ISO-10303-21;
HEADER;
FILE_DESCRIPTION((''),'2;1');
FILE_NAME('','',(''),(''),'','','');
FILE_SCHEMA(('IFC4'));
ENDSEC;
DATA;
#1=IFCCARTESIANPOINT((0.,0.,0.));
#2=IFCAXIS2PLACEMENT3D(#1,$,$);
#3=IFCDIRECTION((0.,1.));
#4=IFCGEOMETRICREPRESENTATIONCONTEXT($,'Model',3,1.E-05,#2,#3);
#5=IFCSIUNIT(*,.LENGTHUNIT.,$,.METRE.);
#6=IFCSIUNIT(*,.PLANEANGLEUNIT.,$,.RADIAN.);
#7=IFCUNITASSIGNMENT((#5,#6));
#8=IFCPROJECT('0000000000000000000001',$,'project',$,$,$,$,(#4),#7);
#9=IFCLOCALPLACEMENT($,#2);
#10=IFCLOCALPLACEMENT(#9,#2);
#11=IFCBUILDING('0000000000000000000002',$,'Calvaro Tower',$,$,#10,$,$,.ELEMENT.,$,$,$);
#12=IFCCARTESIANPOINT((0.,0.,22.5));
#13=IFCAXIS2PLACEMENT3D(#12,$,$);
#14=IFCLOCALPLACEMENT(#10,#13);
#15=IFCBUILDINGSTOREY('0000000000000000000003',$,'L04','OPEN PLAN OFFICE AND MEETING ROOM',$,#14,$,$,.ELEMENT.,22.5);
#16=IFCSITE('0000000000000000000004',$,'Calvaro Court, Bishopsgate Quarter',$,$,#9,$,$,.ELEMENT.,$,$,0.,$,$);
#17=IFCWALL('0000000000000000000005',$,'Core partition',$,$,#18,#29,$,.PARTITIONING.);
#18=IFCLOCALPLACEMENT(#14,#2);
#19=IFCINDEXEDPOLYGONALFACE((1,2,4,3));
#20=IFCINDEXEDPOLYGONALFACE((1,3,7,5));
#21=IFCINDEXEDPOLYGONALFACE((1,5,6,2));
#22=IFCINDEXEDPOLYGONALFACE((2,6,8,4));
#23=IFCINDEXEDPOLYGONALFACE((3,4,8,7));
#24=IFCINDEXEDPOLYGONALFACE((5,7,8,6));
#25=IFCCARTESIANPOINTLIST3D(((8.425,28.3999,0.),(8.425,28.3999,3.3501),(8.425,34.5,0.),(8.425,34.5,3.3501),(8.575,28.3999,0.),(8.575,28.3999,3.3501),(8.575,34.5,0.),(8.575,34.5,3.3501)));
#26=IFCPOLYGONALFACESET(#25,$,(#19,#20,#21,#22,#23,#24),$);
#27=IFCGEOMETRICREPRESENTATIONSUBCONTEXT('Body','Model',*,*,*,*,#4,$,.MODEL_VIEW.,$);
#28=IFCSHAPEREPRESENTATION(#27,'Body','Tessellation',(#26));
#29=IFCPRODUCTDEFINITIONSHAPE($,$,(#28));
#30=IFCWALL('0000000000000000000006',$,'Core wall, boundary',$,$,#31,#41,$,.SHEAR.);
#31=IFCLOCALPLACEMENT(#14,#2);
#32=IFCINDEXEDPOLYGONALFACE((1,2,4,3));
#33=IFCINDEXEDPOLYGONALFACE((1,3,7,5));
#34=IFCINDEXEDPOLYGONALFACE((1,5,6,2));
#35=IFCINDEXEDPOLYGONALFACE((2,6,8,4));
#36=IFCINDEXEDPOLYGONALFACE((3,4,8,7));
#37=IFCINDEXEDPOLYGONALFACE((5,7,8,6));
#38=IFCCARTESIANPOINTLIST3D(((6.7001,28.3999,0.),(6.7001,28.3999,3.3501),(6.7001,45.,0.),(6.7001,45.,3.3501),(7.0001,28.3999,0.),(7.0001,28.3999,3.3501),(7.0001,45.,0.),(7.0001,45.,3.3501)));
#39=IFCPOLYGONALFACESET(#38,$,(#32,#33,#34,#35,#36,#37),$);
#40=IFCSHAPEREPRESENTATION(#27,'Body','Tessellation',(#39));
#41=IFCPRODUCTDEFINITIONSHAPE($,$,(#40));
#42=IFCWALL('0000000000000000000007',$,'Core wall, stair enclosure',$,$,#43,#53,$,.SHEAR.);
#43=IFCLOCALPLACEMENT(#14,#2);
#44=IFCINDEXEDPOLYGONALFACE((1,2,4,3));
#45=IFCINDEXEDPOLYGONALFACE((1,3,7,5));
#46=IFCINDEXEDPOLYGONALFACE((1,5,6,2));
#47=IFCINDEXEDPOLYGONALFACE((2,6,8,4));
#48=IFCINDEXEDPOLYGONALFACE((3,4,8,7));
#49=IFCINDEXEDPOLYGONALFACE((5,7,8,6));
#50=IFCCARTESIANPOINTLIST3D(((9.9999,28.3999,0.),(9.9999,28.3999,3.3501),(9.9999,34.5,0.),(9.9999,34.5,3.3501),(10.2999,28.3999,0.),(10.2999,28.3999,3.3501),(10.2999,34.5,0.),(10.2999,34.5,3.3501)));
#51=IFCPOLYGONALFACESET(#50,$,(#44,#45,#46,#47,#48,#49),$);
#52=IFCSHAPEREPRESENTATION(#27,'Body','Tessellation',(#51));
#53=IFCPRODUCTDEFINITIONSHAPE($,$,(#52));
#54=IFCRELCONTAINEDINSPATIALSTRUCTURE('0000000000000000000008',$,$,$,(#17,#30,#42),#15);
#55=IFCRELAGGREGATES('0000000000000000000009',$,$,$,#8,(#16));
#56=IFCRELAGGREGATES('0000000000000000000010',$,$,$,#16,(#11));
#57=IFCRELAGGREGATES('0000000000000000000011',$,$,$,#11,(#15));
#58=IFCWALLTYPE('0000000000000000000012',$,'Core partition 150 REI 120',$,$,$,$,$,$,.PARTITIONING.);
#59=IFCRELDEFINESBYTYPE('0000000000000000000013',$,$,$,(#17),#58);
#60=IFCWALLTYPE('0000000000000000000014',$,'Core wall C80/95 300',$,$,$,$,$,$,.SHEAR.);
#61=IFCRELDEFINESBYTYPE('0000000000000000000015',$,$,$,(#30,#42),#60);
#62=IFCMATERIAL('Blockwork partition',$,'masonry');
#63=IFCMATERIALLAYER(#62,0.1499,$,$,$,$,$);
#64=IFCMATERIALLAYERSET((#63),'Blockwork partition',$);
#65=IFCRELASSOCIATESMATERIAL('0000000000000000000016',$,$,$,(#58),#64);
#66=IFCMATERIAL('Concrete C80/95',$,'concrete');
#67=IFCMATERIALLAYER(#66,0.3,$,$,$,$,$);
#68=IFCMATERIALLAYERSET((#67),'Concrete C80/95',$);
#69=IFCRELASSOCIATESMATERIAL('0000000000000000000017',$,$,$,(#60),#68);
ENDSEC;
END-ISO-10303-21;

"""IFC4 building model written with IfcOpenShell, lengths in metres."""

from ifc_helpers import new_model, si_unit, direction, frame, frame_2d, origin, place, context, subcontext, project, spatial, rectangle, extrude, material, layer, layer_set, type_object, element, save


model = new_model("IFC4")

# Units and contexts
model_context = context("Model", 3, precision=1e-05, world=origin(), true_north=direction((0.0, 1.0)))
body_context = subcontext(model_context, "Body", "Model", "MODEL_VIEW")
ifc_project = project(units=[si_unit("LENGTHUNIT", "METRE"), si_unit("PLANEANGLEUNIT", "RADIAN")], contexts=[model_context])

# Site, building, storey
site_placement = place(None, origin())
site = spatial("IfcSite", under=ifc_project, at=site_placement, Name="Calvaro Court, Bishopsgate Quarter", CompositionType="ELEMENT", RefElevation=0.0)
building_placement = place(site_placement, origin())
building = spatial("IfcBuilding", under=site, at=building_placement, Name="Calvaro Tower", CompositionType="ELEMENT")
storey_placement = place(building_placement, frame((0.0, 0.0, 22.5)))
storey = spatial("IfcBuildingStorey", under=building, at=storey_placement, Name="L04", Description="OPEN PLAN OFFICE AND MEETING ROOM", CompositionType="ELEMENT", Elevation=22.5)

# Walls
ifc_material_1 = material(Name="Blockwork partition", Category="masonry")
ifc_layer_1 = layer(ifc_material_1, 0.1499)
ifc_layer_set_1 = layer_set([ifc_layer_1], Name="Blockwork partition")
wall_type_1 = type_object("IfcWallType", Name="Core partition 150 REI 120", PredefinedType="PARTITIONING", material=ifc_layer_set_1)
wall_1_placement = place(storey_placement, frame((8.5, 28.3999, 0.0), z_axis=(0.0, 0.0, 1.0), x_axis=(0.0, 1.0, 0.0)))
element("IfcWall", 1, at=wall_1_placement, inside=storey, type_object=wall_type_1, Name="Core partition", PredefinedType="PARTITIONING", context=body_context, shape_type="SweptSolid", body=[
    extrude(rectangle(XDim=6.1001, YDim=0.1499, at=frame_2d((3.05, 0.0))), origin(), (0.0, 0.0, 1.0), 3.3501),
])
ifc_material_2 = material(Name="Concrete C80/95", Category="concrete")
ifc_layer_2 = layer(ifc_material_2, 0.3)
ifc_layer_set_2 = layer_set([ifc_layer_2], Name="Concrete C80/95")
wall_type_2 = type_object("IfcWallType", Name="Core wall C80/95 300", PredefinedType="SHEAR", material=ifc_layer_set_2)
wall_2_placement = place(storey_placement, frame((6.8501, 28.3999, 0.0), z_axis=(0.0, 0.0, 1.0), x_axis=(0.0, 1.0, 0.0)))
element("IfcWall", 2, at=wall_2_placement, inside=storey, type_object=wall_type_2, Name="Core wall, boundary", PredefinedType="SHEAR", context=body_context, shape_type="SweptSolid", body=[
    extrude(rectangle(XDim=16.6001, YDim=0.3, at=frame_2d((8.3, 0.0))), origin(), (0.0, 0.0, 1.0), 3.3501),
])
wall_3_placement = place(storey_placement, frame((10.1499, 28.3999, 0.0), z_axis=(0.0, 0.0, 1.0), x_axis=(0.0, 1.0, 0.0)))
element("IfcWall", 3, at=wall_3_placement, inside=storey, type_object=wall_type_2, Name="Core wall, stair enclosure", PredefinedType="SHEAR", context=body_context, shape_type="SweptSolid", body=[
    extrude(rectangle(XDim=6.1001, YDim=0.3, at=frame_2d((3.05, 0.0))), origin(), (0.0, 0.0, 1.0), 3.3501),
])

save(model, "model.ifc")
